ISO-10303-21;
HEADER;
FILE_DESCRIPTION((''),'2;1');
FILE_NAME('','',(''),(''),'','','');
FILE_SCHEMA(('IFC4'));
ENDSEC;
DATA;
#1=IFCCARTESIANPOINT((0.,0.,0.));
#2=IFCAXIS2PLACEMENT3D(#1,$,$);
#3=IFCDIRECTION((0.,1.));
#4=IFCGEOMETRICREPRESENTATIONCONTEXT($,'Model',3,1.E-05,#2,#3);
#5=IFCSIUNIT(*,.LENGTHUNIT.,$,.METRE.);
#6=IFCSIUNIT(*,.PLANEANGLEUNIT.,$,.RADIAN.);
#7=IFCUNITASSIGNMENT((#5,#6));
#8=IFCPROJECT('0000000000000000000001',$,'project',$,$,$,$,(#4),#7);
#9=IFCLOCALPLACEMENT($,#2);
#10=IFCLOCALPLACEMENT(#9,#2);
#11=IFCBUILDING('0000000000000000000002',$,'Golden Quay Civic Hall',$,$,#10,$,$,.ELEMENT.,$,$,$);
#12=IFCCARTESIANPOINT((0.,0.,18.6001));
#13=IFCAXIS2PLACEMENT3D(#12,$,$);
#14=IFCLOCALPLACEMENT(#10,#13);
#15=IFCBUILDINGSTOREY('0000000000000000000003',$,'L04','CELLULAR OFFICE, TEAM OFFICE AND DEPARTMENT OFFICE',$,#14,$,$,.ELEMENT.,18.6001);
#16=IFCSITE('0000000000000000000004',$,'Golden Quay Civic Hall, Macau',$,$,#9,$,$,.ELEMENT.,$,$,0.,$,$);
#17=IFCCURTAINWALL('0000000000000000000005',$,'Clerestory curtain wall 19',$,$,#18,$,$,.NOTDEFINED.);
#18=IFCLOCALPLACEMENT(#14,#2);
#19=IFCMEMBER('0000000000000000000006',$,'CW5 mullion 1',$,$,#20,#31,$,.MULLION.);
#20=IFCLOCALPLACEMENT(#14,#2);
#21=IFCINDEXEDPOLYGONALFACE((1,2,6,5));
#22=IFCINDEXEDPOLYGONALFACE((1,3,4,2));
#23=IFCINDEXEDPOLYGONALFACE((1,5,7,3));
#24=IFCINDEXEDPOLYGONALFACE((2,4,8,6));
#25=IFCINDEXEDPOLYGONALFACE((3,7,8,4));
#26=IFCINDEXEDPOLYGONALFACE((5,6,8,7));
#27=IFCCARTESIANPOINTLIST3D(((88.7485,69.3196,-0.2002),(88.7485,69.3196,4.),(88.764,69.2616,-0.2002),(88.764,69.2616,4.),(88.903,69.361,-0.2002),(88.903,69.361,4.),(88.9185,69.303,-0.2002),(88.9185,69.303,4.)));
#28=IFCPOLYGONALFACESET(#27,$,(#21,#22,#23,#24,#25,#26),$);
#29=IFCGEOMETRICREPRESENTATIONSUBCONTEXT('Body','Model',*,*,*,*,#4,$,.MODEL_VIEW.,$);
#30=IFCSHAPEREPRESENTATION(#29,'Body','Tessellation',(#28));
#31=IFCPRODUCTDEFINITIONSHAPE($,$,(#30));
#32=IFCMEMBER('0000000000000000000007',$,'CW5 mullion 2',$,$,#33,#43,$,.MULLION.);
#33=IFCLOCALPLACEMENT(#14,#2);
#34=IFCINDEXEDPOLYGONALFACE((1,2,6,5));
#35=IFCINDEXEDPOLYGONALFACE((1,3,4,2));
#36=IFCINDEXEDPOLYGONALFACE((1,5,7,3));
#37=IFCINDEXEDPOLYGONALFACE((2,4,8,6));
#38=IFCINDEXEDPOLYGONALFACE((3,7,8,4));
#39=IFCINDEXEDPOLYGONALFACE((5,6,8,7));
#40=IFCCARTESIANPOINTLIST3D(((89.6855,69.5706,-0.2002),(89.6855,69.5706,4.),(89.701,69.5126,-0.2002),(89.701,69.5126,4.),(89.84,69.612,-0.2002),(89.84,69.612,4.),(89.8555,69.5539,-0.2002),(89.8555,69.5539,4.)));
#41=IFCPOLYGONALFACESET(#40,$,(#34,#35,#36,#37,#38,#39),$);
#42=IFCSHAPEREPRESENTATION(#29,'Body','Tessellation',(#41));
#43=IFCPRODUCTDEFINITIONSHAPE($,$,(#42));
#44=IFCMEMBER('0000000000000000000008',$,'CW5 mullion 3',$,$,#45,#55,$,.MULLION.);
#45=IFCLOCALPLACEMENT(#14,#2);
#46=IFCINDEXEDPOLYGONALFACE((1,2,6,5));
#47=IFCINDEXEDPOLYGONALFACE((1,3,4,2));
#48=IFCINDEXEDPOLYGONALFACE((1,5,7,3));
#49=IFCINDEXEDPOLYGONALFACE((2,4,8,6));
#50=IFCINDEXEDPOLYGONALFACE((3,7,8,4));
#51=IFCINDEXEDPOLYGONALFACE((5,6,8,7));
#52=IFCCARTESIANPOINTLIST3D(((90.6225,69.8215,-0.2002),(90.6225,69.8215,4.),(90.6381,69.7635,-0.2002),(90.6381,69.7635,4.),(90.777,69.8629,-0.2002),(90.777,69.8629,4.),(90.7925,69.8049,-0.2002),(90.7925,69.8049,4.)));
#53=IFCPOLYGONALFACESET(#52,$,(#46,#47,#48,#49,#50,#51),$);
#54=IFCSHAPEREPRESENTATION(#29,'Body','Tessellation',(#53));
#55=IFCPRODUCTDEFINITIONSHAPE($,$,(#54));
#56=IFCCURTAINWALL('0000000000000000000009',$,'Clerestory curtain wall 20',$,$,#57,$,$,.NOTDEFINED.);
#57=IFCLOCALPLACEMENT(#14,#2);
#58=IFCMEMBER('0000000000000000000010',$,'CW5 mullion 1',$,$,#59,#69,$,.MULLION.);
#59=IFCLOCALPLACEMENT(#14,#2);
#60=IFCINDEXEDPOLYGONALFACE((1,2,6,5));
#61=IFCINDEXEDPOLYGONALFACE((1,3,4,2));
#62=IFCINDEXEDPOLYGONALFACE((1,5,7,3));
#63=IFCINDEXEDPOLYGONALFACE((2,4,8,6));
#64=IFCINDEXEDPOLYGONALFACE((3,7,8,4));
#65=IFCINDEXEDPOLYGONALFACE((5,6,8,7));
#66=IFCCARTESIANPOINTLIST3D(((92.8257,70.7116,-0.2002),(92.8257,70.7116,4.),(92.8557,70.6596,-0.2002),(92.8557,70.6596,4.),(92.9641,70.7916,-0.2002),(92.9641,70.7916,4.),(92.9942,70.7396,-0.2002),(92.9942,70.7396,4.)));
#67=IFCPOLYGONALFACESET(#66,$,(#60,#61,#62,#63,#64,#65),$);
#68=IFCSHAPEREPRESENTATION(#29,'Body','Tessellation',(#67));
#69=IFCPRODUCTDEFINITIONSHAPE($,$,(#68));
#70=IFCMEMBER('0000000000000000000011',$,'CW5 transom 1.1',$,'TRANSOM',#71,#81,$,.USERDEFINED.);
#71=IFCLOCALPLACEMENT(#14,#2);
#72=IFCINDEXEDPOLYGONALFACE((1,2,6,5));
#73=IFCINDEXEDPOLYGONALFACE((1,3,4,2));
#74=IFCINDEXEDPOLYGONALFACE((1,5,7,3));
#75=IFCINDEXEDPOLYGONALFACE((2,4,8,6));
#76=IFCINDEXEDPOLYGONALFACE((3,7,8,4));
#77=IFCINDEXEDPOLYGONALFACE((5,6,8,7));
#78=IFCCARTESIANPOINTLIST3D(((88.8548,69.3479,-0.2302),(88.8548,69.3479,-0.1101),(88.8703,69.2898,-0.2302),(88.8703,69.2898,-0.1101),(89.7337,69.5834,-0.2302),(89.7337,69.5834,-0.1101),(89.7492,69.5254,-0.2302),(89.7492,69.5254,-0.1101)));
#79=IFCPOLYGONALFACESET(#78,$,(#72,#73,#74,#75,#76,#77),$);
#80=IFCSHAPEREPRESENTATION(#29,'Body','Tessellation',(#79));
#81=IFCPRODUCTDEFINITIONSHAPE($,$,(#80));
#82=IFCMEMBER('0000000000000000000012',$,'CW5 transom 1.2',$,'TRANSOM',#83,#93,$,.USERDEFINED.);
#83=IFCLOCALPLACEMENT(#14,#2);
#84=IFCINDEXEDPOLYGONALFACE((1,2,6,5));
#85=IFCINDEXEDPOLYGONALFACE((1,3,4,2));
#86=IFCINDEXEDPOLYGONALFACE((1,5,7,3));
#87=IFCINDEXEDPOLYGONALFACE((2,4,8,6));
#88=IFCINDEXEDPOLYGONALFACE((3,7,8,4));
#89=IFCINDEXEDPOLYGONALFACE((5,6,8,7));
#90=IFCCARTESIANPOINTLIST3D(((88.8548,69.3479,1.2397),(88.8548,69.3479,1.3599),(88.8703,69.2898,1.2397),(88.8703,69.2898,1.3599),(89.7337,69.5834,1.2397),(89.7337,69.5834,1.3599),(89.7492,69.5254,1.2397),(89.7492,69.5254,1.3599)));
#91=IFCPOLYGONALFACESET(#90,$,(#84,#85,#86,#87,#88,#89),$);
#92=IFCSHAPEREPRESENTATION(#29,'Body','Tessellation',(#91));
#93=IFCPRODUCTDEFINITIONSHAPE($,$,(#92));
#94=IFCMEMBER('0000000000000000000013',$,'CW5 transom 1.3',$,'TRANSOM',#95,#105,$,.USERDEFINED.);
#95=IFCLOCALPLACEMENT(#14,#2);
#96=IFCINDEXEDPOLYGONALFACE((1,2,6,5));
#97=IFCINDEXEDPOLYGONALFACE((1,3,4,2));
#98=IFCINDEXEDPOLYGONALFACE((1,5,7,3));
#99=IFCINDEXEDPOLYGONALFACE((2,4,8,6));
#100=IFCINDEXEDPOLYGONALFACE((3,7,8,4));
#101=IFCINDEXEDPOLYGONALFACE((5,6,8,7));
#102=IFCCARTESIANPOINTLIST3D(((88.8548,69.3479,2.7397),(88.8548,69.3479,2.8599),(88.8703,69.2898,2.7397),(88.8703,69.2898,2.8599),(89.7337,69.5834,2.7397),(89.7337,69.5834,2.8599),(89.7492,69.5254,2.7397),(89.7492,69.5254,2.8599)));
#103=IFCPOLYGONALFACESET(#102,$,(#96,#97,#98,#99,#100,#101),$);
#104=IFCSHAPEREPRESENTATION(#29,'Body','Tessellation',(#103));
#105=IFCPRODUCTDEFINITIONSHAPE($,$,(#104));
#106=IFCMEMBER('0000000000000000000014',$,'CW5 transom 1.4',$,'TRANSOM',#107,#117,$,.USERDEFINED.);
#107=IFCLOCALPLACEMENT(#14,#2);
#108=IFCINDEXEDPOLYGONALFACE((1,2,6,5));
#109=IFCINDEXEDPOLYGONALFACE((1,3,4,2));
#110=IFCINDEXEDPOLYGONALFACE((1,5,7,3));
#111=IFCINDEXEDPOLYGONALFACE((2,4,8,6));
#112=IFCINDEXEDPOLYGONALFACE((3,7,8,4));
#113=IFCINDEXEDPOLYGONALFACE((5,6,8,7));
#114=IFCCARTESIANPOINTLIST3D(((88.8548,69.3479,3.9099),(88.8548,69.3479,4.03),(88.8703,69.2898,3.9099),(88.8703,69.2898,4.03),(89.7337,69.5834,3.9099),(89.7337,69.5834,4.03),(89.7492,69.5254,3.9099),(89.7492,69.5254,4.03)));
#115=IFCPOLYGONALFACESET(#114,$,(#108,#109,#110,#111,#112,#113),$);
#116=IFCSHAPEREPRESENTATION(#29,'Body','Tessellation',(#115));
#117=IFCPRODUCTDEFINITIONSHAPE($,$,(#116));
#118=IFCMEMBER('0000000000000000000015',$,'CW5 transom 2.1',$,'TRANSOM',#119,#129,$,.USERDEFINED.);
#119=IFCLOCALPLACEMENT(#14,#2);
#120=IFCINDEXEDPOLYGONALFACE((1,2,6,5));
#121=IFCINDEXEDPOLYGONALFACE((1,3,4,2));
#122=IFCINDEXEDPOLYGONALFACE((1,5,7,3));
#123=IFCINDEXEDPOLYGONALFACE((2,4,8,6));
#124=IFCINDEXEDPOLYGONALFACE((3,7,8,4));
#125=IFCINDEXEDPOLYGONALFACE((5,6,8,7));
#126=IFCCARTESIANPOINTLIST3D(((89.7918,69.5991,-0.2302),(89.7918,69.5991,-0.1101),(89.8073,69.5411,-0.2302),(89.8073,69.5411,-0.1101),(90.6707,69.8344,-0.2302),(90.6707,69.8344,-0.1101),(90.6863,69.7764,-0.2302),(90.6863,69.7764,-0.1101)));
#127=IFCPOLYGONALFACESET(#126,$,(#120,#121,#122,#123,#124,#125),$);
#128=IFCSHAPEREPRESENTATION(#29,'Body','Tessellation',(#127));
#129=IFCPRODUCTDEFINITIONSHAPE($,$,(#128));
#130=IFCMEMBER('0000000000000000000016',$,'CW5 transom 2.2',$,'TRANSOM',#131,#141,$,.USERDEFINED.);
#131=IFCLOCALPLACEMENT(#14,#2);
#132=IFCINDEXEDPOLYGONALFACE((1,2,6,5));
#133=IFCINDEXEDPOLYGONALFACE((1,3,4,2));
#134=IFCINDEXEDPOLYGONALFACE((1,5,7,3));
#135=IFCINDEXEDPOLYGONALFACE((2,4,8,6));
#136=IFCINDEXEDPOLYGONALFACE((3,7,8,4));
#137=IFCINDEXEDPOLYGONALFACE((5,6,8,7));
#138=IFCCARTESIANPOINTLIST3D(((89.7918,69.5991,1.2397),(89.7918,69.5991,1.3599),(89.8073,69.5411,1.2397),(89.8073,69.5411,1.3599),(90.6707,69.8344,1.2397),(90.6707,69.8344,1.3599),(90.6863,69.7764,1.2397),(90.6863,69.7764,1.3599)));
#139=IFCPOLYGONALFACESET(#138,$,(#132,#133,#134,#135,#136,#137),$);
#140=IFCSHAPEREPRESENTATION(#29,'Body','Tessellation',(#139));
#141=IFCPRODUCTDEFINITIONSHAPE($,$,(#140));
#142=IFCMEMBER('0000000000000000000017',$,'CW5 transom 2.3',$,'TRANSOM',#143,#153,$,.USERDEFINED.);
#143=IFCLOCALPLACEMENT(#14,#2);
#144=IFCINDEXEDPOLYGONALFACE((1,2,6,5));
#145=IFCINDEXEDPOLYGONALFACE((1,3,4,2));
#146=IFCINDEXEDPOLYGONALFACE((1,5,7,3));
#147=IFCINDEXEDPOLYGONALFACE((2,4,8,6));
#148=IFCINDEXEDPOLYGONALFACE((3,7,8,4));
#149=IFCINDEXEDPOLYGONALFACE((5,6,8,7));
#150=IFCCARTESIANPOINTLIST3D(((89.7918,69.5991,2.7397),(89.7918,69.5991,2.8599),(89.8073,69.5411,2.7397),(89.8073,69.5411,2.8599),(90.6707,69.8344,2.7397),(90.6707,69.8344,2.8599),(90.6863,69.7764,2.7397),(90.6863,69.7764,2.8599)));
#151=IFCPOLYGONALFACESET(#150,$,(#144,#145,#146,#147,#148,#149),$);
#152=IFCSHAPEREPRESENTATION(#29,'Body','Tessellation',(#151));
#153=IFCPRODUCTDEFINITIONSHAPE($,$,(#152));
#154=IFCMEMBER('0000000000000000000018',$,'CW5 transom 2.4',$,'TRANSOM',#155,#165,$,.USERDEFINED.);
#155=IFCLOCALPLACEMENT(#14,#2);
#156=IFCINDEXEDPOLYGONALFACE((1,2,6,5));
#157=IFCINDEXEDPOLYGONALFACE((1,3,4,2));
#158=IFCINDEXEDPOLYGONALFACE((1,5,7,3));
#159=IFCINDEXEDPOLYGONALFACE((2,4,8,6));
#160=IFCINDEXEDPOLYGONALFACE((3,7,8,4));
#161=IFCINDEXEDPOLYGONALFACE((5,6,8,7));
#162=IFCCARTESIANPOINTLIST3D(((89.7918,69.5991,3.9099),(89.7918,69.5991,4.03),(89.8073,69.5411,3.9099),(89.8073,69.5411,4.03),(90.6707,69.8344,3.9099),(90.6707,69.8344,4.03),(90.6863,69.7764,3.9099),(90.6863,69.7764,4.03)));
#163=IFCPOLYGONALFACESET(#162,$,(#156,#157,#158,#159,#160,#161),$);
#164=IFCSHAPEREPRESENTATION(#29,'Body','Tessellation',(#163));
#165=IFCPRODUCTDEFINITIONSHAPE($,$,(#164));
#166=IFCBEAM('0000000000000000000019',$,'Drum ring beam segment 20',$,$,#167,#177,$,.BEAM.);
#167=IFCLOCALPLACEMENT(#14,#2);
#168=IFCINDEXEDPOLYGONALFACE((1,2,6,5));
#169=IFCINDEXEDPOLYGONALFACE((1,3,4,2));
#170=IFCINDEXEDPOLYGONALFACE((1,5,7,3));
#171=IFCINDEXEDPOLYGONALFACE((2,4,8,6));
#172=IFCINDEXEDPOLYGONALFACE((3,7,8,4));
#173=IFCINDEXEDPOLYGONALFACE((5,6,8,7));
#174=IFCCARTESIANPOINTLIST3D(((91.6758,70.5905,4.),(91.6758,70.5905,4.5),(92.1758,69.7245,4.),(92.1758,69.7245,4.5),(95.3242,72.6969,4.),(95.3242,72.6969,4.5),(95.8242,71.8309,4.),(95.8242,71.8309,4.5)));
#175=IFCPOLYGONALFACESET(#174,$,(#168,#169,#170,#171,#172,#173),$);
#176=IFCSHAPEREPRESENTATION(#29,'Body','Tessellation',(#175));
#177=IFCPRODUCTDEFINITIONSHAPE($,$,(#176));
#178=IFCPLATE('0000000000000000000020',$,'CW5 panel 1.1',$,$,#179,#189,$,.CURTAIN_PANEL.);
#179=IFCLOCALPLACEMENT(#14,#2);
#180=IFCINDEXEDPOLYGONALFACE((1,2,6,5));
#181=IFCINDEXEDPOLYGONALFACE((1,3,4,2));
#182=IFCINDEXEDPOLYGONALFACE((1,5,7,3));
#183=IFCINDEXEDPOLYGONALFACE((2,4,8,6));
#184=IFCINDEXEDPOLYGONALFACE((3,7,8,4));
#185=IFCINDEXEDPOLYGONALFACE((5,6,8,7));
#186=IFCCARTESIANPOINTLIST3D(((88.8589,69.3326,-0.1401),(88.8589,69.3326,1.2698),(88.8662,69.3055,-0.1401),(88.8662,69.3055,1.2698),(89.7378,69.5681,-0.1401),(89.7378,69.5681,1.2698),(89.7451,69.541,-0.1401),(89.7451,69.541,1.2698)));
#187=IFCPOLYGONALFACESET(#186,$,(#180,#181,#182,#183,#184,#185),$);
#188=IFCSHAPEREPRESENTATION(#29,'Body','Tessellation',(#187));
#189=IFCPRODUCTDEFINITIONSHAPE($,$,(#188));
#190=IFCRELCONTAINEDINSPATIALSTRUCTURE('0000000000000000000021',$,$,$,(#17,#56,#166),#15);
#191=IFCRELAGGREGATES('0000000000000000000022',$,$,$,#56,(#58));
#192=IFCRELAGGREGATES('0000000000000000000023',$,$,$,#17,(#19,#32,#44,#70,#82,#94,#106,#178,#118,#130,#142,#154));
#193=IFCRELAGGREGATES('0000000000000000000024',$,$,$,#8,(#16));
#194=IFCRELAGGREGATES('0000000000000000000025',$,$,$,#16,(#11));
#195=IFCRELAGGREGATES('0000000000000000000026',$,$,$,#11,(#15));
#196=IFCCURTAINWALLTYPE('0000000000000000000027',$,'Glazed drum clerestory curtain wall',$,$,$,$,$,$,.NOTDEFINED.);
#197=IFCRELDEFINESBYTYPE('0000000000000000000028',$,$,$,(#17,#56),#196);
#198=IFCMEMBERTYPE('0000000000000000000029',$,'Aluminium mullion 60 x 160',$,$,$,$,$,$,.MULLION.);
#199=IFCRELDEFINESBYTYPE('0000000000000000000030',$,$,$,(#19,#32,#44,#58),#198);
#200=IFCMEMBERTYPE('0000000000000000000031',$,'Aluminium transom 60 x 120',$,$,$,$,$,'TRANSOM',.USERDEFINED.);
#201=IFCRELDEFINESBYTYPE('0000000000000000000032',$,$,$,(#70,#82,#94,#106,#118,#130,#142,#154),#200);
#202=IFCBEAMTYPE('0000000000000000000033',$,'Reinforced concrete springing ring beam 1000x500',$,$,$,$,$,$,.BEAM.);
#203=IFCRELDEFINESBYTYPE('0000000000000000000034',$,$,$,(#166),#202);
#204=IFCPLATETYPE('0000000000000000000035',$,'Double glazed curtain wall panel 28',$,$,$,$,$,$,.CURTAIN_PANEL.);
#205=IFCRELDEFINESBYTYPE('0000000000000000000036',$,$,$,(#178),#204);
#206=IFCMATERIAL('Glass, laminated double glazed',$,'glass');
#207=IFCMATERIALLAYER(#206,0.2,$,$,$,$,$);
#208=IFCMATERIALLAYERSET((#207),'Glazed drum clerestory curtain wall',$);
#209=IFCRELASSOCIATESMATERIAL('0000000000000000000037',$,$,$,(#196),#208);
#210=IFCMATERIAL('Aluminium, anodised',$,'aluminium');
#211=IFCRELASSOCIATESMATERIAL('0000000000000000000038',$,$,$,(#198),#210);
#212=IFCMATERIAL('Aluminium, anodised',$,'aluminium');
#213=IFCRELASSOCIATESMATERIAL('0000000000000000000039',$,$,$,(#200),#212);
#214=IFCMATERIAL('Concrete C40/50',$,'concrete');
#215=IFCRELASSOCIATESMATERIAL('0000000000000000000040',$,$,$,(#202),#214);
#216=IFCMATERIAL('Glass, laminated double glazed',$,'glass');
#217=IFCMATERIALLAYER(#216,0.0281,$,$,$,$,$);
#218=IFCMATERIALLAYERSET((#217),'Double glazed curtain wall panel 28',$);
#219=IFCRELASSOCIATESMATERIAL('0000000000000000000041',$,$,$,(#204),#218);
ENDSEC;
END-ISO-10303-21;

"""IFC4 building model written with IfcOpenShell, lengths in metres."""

from ifc_helpers import new_model, si_unit, direction, frame, origin, origin_2d, place, context, subcontext, project, spatial, rectangle, extrude, material, layer, layer_set, material_profile, profile_set, type_object, element, aggregate, save


model = new_model("IFC4")

# Units and contexts
model_context = context("Model", 3, precision=1e-05, world=origin(), true_north=direction((0.0, 1.0)))
body_context = subcontext(model_context, "Body", "Model", "MODEL_VIEW")
ifc_project = project(units=[si_unit("LENGTHUNIT", "METRE"), si_unit("PLANEANGLEUNIT", "RADIAN")], contexts=[model_context])

# Site, building, storey
site_placement = place(None, origin())
site = spatial("IfcSite", under=ifc_project, at=site_placement, Name="Golden Quay Civic Hall, Macau", CompositionType="ELEMENT", RefElevation=0.0)
building_placement = place(site_placement, origin())
building = spatial("IfcBuilding", under=site, at=building_placement, Name="Golden Quay Civic Hall", CompositionType="ELEMENT")
storey_placement = place(building_placement, frame((0.0, 0.0, 18.6001)))
storey = spatial("IfcBuildingStorey", under=building, at=storey_placement, Name="L04", Description="CELLULAR OFFICE, TEAM OFFICE AND DEPARTMENT OFFICE", CompositionType="ELEMENT", Elevation=18.6001)

# Curtain wall, members
ifc_material_1 = material(Name="Glass, laminated double glazed", Category="glass")
ifc_layer_1 = layer(ifc_material_1, 0.2)
ifc_layer_set_1 = layer_set([ifc_layer_1], Name="Glazed drum clerestory curtain wall")
curtain_wall_type = type_object("IfcCurtainWallType", Name="Glazed drum clerestory curtain wall", PredefinedType="NOTDEFINED", material=ifc_layer_set_1)
curtain_wall_1_placement = place(storey_placement, origin())
curtain_wall_1 = element("IfcCurtainWall", 1, at=curtain_wall_1_placement, inside=storey, type_object=curtain_wall_type, Name="Clerestory curtain wall 19", PredefinedType="NOTDEFINED")
ifc_material_2 = material(Name="Aluminium, anodised", Category="aluminium")
ifc_material_profile_1 = material_profile(ifc_material_2, rectangle(XDim=0.0601, YDim=0.1599, at=origin_2d()), Name="Aluminium 60 x 160")
ifc_profile_set_1 = profile_set([ifc_material_profile_1], Name="Aluminium, anodised")
member_type_1 = type_object("IfcMemberType", Name="Aluminium mullion 60 x 160", PredefinedType="MULLION", material=ifc_profile_set_1)
member_1_placement = place(storey_placement, frame((88.8335, 69.3113, -0.2002), z_axis=(0.0, 0.0, 1.0), x_axis=(-0.258808, 0.965929, 0.0)))
member_1 = element("IfcMember", 2, at=member_1_placement, type_object=member_type_1, Name="CW5 mullion 1", PredefinedType="MULLION", context=body_context, shape_type="SweptSolid", body=[
    extrude(rectangle(XDim=0.0601, YDim=0.1599, at=origin_2d()), origin(), (0.0, 0.0, 1.0), 4.2002),
])
member_2_placement = place(storey_placement, frame((89.7705, 69.5623, -0.2002), z_axis=(0.0, 0.0, 1.0), x_axis=(-0.258808, 0.965929, 0.0)))
member_2 = element("IfcMember", 3, at=member_2_placement, type_object=member_type_1, Name="CW5 mullion 2", PredefinedType="MULLION", context=body_context, shape_type="SweptSolid", body=[
    extrude(rectangle(XDim=0.0601, YDim=0.1599, at=origin_2d()), origin(), (0.0, 0.0, 1.0), 4.2002),
])
member_3_placement = place(storey_placement, frame((90.7075, 69.8132, -0.2002), z_axis=(0.0, 0.0, 1.0), x_axis=(-0.258808, 0.965929, 0.0)))
member_3 = element("IfcMember", 4, at=member_3_placement, type_object=member_type_1, Name="CW5 mullion 3", PredefinedType="MULLION", context=body_context, shape_type="SweptSolid", body=[
    extrude(rectangle(XDim=0.0601, YDim=0.1599, at=origin_2d()), origin(), (0.0, 0.0, 1.0), 4.2002),
])

# Curtain wall, member
curtain_wall_2_placement = place(storey_placement, origin())
curtain_wall_2 = element("IfcCurtainWall", 5, at=curtain_wall_2_placement, inside=storey, type_object=curtain_wall_type, Name="Clerestory curtain wall 20", PredefinedType="NOTDEFINED")
member_4_placement = place(storey_placement, frame((92.9099, 70.7256, -0.2002), z_axis=(0.0, 0.0, 1.0), x_axis=(-0.500011, 0.866019, 0.0)))
member_4 = element("IfcMember", 6, at=member_4_placement, type_object=member_type_1, Name="CW5 mullion 1", PredefinedType="MULLION", context=body_context, shape_type="SweptSolid", body=[
    extrude(rectangle(XDim=0.0601, YDim=0.1599, at=origin_2d()), origin(), (0.0, 0.0, 1.0), 4.2002),
])
aggregate(curtain_wall_2, [member_4])

# Members
ifc_material_3 = material(Name="Aluminium, anodised", Category="aluminium")
ifc_material_profile_2 = material_profile(ifc_material_3, rectangle(XDim=0.0601, YDim=0.1201, at=origin_2d()), Name="Aluminium 60 x 120")
ifc_profile_set_2 = profile_set([ifc_material_profile_2], Name="Aluminium, anodised")
member_type_2 = type_object("IfcMemberType", Name="Aluminium transom 60 x 120", ElementType="TRANSOM", PredefinedType="USERDEFINED", material=ifc_profile_set_2)
member_5_placement = place(storey_placement, frame((88.8625, 69.3188, -0.1702), z_axis=(0.9659, 0.258915, 0.0), x_axis=(-0.258915, 0.9659, 0.0)))
member_5 = element("IfcMember", 7, at=member_5_placement, type_object=member_type_2, Name="CW5 transom 1.1", ObjectType="TRANSOM", PredefinedType="USERDEFINED", context=body_context, shape_type="SweptSolid", body=[
    extrude(rectangle(XDim=0.0601, YDim=0.1201, at=origin_2d()), origin(), (0.0, 0.0, 1.0), 0.9099),
])
member_6_placement = place(storey_placement, frame((88.8625, 69.3188, 1.2998), z_axis=(0.9659, 0.258915, 0.0), x_axis=(-0.258915, 0.9659, 0.0)))
member_6 = element("IfcMember", 8, at=member_6_placement, type_object=member_type_2, Name="CW5 transom 1.2", ObjectType="TRANSOM", PredefinedType="USERDEFINED", context=body_context, shape_type="SweptSolid", body=[
    extrude(rectangle(XDim=0.0601, YDim=0.1201, at=origin_2d()), origin(), (0.0, 0.0, 1.0), 0.9099),
])
member_7_placement = place(storey_placement, frame((88.8625, 69.3188, 2.7998), z_axis=(0.9659, 0.258915, 0.0), x_axis=(-0.258915, 0.9659, 0.0)))
member_7 = element("IfcMember", 9, at=member_7_placement, type_object=member_type_2, Name="CW5 transom 1.3", ObjectType="TRANSOM", PredefinedType="USERDEFINED", context=body_context, shape_type="SweptSolid", body=[
    extrude(rectangle(XDim=0.0601, YDim=0.1201, at=origin_2d()), origin(), (0.0, 0.0, 1.0), 0.9099),
])
member_8_placement = place(storey_placement, frame((88.8625, 69.3188, 3.97), z_axis=(0.9659, 0.258915, 0.0), x_axis=(-0.258915, 0.9659, 0.0)))
member_8 = element("IfcMember", 10, at=member_8_placement, type_object=member_type_2, Name="CW5 transom 1.4", ObjectType="TRANSOM", PredefinedType="USERDEFINED", context=body_context, shape_type="SweptSolid", body=[
    extrude(rectangle(XDim=0.0601, YDim=0.1201, at=origin_2d()), origin(), (0.0, 0.0, 1.0), 0.9099),
])
member_9_placement = place(storey_placement, frame((89.7996, 69.5701, -0.1702), z_axis=(0.965967, 0.258665, 0.0), x_axis=(-0.258665, 0.965967, 0.0)))
member_9 = element("IfcMember", 11, at=member_9_placement, type_object=member_type_2, Name="CW5 transom 2.1", ObjectType="TRANSOM", PredefinedType="USERDEFINED", context=body_context, shape_type="SweptSolid", body=[
    extrude(rectangle(XDim=0.0601, YDim=0.1201, at=origin_2d()), origin(), (0.0, 0.0, 1.0), 0.9099),
])
member_10_placement = place(storey_placement, frame((89.7996, 69.5701, 1.2998), z_axis=(0.965967, 0.258665, 0.0), x_axis=(-0.258665, 0.965967, 0.0)))
member_10 = element("IfcMember", 12, at=member_10_placement, type_object=member_type_2, Name="CW5 transom 2.2", ObjectType="TRANSOM", PredefinedType="USERDEFINED", context=body_context, shape_type="SweptSolid", body=[
    extrude(rectangle(XDim=0.0601, YDim=0.1201, at=origin_2d()), origin(), (0.0, 0.0, 1.0), 0.9099),
])
member_11_placement = place(storey_placement, frame((89.7996, 69.5701, 2.7998), z_axis=(0.965967, 0.258665, 0.0), x_axis=(-0.258665, 0.965967, 0.0)))
member_11 = element("IfcMember", 13, at=member_11_placement, type_object=member_type_2, Name="CW5 transom 2.3", ObjectType="TRANSOM", PredefinedType="USERDEFINED", context=body_context, shape_type="SweptSolid", body=[
    extrude(rectangle(XDim=0.0601, YDim=0.1201, at=origin_2d()), origin(), (0.0, 0.0, 1.0), 0.9099),
])
member_12_placement = place(storey_placement, frame((89.7996, 69.5701, 3.97), z_axis=(0.965967, 0.258665, 0.0), x_axis=(-0.258665, 0.965967, 0.0)))
member_12 = element("IfcMember", 14, at=member_12_placement, type_object=member_type_2, Name="CW5 transom 2.4", ObjectType="TRANSOM", PredefinedType="USERDEFINED", context=body_context, shape_type="SweptSolid", body=[
    extrude(rectangle(XDim=0.0601, YDim=0.1201, at=origin_2d()), origin(), (0.0, 0.0, 1.0), 0.9099),
])

# Beam
ifc_material_4 = material(Name="Concrete C40/50", Category="concrete")
ifc_material_profile_3 = material_profile(ifc_material_4, rectangle(XDim=1.0, YDim=0.5, at=origin_2d()), Name="RC 1000x500")
ifc_profile_set_3 = profile_set([ifc_material_profile_3], Name="Concrete C40/50")
beam_type = type_object("IfcBeamType", Name="Reinforced concrete springing ring beam 1000x500", PredefinedType="BEAM", material=ifc_profile_set_3)
beam_placement = place(storey_placement, frame((91.9258, 70.1575, 4.25), z_axis=(0.866023, 0.500003, 0.0), x_axis=(-0.500003, 0.866023, 0.0)))
element("IfcBeam", 15, at=beam_placement, inside=storey, type_object=beam_type, Name="Drum ring beam segment 20", PredefinedType="BEAM", context=body_context, shape_type="SweptSolid", body=[
    extrude(rectangle(XDim=1.0, YDim=0.5, at=origin_2d()), origin(), (0.0, 0.0, 1.0), 4.2129),
])

# Plate
ifc_material_5 = material(Name="Glass, laminated double glazed", Category="glass")
ifc_layer_2 = layer(ifc_material_5, 0.0281)
ifc_layer_set_2 = layer_set([ifc_layer_2], Name="Double glazed curtain wall panel 28")
plate_type = type_object("IfcPlateType", Name="Double glazed curtain wall panel 28", PredefinedType="CURTAIN_PANEL", material=ifc_layer_set_2)
plate_1_placement = place(storey_placement, frame((89.302, 69.4368, -0.1401), z_axis=(0.0, 0.0, 1.0), x_axis=(0.965929, 0.258808, 0.0)))
plate_1 = element("IfcPlate", 16, at=plate_1_placement, type_object=plate_type, Name="CW5 panel 1.1", PredefinedType="CURTAIN_PANEL", context=body_context, shape_type="SweptSolid", body=[
    extrude(rectangle(XDim=0.9099, YDim=0.0281, at=origin_2d()), origin(), (0.0, 0.0, 1.0), 1.4099),
])
aggregate(curtain_wall_1, [member_1, member_2, member_3, member_5, member_6, member_7, member_8, plate_1, member_9, member_10, member_11, member_12])

save(model, "model.ifc")
